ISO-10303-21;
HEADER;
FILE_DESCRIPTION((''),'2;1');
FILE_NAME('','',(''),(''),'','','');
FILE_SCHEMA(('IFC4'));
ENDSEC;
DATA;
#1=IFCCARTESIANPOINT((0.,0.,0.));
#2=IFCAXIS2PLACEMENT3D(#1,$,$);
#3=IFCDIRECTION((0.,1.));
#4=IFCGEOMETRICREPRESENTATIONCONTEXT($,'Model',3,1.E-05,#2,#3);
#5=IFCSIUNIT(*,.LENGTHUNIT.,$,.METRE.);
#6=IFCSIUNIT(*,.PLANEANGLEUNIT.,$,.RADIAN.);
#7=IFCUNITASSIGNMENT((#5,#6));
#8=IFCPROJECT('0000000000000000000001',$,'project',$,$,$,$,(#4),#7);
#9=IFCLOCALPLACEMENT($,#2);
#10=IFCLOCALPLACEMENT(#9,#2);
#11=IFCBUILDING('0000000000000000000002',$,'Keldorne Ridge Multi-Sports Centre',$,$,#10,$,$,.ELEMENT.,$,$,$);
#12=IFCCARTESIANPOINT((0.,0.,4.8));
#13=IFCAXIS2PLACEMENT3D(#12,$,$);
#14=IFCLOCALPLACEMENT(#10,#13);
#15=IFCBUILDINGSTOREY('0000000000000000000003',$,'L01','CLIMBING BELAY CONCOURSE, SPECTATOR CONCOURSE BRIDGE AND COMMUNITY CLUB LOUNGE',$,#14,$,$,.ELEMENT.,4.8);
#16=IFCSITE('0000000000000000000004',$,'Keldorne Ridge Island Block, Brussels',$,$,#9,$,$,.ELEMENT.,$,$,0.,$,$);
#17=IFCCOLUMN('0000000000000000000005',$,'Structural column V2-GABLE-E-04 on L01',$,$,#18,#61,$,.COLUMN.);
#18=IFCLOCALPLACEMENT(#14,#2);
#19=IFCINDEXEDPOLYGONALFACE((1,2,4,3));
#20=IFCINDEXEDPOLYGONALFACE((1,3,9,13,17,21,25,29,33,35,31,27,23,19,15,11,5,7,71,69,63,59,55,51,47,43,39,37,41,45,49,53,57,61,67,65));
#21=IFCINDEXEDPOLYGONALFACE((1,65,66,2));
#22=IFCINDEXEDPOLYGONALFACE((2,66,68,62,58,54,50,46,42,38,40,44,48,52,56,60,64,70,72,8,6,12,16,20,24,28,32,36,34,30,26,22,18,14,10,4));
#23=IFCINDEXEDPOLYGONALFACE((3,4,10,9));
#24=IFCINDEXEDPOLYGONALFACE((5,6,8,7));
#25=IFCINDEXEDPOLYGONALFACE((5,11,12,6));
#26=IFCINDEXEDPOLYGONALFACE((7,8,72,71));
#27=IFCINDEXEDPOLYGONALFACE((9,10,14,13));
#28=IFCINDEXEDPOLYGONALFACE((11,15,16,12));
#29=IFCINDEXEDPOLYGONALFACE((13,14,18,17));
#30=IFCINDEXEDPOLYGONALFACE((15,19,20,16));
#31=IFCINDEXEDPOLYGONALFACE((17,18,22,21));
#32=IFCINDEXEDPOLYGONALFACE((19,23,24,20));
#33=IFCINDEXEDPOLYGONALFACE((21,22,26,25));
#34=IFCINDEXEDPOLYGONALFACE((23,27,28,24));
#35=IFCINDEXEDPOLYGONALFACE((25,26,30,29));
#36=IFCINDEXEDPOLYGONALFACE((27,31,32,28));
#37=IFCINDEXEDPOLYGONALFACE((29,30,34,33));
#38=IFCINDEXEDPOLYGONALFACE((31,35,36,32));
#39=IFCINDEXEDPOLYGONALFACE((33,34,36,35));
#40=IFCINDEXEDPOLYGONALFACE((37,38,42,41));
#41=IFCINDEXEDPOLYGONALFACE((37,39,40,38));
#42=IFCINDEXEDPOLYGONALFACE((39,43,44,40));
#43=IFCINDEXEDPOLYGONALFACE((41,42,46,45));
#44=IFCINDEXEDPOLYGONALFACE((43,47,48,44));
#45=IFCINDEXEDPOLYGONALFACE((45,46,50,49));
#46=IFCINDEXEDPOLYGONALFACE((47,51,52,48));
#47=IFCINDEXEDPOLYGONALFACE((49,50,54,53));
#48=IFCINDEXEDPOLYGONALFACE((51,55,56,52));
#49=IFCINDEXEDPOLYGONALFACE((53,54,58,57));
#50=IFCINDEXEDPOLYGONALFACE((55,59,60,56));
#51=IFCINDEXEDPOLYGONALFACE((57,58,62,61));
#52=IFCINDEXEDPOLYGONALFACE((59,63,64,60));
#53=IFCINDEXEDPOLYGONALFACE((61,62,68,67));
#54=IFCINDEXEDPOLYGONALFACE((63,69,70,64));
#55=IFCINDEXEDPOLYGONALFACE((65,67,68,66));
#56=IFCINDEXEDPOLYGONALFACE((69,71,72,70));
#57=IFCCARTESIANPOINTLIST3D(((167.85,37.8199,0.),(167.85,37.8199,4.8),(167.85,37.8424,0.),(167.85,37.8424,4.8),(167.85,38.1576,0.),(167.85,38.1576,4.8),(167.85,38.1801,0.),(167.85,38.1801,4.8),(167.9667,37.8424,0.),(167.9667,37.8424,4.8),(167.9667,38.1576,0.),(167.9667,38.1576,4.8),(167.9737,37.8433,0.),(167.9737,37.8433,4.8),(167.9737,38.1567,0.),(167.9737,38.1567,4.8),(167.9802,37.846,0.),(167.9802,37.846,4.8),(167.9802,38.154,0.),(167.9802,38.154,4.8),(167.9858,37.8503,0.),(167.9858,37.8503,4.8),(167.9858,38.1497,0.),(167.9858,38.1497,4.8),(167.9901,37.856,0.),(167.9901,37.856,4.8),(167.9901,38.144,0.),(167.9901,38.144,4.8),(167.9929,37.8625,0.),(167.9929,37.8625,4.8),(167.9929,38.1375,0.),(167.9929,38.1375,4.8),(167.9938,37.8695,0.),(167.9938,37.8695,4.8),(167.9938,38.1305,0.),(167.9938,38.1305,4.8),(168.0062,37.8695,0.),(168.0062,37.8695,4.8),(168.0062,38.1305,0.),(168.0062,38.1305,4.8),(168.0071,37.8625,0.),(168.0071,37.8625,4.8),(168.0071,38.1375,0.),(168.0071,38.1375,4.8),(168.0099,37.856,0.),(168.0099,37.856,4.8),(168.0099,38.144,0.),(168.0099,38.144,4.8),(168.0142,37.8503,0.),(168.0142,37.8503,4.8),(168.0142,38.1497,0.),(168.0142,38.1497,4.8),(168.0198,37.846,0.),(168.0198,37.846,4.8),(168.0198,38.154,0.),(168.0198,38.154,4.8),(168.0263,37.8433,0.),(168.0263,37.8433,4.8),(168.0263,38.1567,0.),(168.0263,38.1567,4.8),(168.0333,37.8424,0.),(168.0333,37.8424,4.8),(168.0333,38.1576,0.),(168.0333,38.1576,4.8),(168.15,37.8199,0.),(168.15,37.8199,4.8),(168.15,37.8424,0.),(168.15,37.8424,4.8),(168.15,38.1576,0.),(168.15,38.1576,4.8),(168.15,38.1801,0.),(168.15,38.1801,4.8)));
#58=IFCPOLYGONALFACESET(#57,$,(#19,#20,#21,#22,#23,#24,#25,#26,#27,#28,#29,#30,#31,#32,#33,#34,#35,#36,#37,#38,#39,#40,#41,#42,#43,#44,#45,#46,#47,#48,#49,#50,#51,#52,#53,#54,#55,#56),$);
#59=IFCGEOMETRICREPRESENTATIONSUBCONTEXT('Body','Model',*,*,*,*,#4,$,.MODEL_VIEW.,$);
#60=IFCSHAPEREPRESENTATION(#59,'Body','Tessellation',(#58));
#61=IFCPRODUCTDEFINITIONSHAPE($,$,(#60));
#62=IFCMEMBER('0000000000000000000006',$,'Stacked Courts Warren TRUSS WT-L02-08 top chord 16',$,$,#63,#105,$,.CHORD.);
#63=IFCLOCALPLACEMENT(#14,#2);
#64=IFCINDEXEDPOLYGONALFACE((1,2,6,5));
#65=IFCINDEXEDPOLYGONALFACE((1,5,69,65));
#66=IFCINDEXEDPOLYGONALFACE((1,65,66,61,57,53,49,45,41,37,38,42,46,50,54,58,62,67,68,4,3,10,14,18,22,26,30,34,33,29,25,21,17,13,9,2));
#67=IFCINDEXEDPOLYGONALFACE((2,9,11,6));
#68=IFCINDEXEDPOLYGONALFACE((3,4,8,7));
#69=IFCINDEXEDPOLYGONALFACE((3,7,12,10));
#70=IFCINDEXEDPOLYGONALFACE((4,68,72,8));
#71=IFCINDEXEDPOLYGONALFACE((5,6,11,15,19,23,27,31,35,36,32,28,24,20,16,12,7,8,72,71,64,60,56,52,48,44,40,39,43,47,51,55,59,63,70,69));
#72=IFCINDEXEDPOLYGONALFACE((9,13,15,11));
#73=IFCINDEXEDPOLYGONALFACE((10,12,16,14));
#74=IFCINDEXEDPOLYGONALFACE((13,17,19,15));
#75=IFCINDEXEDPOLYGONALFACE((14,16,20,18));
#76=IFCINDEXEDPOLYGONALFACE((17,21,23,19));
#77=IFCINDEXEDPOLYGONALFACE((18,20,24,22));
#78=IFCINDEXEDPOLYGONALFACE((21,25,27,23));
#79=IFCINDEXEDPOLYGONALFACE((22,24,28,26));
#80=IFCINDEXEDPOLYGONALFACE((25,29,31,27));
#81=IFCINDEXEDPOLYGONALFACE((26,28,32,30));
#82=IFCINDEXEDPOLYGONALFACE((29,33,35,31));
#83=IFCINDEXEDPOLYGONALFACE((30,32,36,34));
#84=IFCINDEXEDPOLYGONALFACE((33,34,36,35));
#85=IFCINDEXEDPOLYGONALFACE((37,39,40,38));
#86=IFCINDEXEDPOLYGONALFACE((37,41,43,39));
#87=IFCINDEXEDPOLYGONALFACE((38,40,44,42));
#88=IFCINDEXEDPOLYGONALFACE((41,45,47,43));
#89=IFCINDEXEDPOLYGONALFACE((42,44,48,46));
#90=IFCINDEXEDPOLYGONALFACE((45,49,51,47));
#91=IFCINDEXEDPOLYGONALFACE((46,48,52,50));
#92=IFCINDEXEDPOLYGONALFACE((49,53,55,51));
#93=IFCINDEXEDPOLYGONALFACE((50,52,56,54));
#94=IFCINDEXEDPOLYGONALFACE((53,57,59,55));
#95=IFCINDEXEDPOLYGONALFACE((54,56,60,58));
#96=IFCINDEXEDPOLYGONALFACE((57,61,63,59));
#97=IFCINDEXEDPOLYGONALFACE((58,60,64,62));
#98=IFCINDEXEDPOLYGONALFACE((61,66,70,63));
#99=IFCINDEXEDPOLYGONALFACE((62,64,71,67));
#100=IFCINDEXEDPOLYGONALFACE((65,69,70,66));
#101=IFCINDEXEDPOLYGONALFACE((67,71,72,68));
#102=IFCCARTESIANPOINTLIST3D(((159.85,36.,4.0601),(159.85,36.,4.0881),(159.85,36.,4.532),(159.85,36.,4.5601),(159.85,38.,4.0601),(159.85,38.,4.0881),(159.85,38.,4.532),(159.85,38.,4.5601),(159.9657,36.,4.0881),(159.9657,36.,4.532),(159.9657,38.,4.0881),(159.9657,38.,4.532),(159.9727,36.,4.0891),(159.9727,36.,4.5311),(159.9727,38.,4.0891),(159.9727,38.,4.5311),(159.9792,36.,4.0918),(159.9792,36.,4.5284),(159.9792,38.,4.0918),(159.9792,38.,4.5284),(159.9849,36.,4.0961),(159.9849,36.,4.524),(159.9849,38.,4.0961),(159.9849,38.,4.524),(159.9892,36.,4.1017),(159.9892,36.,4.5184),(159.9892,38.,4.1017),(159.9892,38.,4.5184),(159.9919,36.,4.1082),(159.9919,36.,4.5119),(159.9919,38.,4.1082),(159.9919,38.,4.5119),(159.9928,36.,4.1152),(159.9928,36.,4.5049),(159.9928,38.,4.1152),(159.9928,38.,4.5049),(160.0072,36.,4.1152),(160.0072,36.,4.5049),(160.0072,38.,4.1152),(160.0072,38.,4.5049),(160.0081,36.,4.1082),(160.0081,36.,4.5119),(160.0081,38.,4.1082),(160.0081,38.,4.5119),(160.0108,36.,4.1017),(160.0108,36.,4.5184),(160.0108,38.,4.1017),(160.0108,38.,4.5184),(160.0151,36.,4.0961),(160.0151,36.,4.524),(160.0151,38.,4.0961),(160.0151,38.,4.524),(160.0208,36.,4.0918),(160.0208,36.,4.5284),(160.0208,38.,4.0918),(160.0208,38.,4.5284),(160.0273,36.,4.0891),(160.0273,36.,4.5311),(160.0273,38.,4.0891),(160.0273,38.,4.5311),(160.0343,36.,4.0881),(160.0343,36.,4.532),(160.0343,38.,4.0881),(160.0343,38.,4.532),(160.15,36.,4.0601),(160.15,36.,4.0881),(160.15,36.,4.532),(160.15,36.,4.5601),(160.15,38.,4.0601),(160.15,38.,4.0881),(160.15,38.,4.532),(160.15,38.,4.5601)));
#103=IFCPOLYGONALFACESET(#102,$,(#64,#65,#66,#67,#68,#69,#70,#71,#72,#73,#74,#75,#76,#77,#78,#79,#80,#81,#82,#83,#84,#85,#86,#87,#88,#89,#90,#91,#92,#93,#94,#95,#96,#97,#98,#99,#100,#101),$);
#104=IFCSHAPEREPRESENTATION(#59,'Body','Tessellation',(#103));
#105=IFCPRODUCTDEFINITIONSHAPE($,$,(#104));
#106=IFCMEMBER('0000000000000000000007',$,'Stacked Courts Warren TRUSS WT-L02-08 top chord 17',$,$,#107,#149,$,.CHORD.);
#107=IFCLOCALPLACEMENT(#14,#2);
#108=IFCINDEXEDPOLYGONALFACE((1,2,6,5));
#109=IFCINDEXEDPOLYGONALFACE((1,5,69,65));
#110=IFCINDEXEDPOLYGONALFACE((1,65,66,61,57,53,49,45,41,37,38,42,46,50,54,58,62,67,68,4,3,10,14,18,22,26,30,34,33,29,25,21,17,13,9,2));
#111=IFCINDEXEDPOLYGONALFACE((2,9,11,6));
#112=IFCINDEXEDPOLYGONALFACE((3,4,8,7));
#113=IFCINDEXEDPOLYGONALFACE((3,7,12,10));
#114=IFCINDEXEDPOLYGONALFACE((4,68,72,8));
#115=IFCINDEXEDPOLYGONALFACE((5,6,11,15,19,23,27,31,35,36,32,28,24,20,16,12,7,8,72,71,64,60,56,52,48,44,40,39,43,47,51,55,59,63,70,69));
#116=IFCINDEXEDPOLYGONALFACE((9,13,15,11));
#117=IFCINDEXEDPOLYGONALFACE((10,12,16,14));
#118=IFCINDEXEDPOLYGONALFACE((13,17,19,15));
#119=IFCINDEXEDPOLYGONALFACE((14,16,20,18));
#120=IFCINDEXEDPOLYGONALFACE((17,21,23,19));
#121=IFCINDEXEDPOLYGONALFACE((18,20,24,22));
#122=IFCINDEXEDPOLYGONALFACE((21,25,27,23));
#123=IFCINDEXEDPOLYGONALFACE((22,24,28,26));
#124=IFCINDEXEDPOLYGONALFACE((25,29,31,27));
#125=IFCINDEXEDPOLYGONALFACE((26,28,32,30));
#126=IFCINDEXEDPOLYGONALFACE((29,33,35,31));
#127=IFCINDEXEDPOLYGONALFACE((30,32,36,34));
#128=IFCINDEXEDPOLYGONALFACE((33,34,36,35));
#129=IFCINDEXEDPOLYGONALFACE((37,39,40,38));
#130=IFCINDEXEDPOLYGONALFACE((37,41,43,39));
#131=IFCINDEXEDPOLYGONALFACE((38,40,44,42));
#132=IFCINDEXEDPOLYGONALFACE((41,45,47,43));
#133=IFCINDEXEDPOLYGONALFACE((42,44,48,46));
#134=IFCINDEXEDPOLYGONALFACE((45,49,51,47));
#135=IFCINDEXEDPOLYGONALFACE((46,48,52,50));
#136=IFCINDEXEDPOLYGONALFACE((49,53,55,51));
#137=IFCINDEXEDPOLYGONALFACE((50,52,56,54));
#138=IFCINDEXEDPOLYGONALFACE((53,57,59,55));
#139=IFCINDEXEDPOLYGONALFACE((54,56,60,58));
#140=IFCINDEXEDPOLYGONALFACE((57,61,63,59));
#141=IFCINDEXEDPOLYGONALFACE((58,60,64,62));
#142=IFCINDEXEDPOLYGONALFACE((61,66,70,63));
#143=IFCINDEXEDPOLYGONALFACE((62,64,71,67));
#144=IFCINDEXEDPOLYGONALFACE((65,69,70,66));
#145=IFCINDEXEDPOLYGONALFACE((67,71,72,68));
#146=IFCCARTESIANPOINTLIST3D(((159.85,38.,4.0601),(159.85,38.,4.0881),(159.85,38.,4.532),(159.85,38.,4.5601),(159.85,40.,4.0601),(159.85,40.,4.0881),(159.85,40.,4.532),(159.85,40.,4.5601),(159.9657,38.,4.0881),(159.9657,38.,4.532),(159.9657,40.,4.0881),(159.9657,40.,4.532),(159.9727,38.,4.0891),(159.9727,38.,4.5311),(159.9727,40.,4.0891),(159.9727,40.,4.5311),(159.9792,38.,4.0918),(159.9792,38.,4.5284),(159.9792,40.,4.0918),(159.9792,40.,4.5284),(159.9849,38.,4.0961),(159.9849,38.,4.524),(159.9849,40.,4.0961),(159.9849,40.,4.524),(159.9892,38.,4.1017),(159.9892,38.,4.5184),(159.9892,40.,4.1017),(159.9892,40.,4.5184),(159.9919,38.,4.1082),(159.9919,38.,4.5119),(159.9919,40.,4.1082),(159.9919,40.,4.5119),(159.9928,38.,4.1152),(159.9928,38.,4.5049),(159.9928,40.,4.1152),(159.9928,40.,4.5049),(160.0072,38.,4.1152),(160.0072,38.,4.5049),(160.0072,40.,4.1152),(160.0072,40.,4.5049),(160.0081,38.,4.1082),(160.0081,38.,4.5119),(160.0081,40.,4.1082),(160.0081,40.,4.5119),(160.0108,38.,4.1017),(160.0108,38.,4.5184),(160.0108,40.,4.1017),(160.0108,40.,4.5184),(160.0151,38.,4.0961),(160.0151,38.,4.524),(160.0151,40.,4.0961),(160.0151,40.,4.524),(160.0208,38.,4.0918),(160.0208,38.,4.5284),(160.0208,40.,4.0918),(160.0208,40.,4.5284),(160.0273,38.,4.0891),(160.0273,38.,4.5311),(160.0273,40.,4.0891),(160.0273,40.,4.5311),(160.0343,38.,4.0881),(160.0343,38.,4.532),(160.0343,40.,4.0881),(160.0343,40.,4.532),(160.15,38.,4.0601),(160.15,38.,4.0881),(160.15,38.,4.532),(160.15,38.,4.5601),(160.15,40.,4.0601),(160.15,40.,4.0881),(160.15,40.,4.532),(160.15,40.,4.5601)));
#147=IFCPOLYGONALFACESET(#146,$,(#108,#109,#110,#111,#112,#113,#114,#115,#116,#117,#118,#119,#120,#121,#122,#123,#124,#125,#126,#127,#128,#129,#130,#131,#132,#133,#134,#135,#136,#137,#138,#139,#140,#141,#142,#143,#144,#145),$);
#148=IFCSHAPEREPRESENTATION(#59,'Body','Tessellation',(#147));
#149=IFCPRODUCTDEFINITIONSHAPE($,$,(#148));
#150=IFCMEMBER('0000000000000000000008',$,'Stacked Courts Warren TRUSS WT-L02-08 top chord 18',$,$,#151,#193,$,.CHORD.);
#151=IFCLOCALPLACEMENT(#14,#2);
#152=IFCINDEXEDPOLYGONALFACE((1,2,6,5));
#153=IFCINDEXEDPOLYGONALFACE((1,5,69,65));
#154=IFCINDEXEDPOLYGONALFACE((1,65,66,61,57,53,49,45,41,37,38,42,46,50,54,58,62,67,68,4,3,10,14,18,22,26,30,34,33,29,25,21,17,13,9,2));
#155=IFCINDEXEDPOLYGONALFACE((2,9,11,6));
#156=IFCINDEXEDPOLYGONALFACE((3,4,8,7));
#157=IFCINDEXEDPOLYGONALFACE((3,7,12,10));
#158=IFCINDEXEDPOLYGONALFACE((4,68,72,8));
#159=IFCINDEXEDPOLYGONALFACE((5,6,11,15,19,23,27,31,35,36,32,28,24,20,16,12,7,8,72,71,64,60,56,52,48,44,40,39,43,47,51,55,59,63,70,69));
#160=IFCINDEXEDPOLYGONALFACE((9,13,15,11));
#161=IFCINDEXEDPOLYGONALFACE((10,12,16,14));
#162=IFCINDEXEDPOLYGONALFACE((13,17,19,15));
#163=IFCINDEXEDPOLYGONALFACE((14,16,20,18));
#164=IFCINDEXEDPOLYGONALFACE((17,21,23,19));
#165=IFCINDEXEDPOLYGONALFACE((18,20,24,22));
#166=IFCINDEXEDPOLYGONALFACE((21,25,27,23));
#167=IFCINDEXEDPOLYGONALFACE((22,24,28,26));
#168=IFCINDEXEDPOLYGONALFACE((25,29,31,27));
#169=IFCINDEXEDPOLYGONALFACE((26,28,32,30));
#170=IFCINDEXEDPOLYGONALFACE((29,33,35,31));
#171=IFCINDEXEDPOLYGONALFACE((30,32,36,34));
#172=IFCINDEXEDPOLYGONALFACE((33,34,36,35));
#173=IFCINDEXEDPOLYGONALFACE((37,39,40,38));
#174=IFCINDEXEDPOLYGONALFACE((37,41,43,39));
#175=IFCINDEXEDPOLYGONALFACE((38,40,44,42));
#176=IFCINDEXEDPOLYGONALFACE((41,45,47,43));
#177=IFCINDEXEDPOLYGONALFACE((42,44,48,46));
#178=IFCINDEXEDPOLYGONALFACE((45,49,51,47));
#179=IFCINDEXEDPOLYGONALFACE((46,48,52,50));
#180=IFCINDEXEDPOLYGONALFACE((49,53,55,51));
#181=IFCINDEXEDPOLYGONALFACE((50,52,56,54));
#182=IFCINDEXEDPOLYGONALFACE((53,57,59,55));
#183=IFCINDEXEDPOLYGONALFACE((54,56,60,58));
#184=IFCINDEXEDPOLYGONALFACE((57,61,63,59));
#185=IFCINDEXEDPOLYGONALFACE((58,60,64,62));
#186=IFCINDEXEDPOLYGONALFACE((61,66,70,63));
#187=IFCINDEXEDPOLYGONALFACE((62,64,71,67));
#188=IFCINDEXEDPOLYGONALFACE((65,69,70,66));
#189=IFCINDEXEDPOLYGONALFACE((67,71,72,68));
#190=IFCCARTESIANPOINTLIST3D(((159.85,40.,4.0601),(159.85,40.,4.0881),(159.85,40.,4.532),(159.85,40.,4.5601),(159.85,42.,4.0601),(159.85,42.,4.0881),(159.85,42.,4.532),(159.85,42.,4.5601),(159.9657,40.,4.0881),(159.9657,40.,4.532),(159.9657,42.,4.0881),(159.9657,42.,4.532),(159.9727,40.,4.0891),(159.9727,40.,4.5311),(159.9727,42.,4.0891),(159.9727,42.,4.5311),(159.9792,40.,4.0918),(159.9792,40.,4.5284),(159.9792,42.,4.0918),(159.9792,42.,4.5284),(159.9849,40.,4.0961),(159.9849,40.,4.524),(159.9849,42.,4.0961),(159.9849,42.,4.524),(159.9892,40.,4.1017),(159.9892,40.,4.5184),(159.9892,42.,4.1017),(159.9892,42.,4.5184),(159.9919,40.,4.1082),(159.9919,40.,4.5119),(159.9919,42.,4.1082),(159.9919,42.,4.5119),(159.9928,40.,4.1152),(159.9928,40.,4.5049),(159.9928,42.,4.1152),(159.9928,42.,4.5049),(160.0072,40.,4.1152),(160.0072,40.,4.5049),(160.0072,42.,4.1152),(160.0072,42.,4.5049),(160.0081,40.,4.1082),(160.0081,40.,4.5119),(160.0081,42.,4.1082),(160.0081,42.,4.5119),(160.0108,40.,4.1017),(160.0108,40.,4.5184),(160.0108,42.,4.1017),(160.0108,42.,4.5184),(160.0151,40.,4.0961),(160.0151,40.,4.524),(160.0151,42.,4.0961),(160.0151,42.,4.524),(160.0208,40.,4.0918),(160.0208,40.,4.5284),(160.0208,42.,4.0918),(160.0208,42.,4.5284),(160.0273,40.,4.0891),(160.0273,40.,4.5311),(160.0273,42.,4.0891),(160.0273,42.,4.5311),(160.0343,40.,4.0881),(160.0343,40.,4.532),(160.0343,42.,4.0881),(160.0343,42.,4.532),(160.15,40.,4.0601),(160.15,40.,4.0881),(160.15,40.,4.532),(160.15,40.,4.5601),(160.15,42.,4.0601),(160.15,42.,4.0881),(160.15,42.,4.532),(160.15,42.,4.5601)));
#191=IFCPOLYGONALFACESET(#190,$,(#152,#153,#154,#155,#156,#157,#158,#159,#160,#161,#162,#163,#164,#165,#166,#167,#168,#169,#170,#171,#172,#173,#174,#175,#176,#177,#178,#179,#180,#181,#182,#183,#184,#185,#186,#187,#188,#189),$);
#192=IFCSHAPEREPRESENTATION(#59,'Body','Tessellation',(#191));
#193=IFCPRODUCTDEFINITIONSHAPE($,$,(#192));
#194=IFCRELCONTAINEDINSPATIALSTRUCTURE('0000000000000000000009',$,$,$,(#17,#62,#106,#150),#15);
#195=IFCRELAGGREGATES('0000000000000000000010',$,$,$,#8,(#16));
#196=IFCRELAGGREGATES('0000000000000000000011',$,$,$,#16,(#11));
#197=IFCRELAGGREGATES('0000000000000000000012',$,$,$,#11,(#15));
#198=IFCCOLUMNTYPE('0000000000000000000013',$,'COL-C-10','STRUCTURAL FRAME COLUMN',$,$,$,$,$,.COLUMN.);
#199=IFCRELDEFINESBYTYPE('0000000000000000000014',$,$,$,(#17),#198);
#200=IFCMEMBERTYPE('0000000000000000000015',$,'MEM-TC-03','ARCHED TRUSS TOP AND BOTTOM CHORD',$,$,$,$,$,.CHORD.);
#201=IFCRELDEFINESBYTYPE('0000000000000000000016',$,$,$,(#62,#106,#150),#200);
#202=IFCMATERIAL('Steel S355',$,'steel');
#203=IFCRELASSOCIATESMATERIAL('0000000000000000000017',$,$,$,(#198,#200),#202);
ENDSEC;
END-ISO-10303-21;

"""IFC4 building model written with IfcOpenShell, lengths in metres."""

from ifc_helpers import new_model, si_unit, direction, frame, origin, origin_2d, place, context, subcontext, project, spatial, i_section, extrude, material, material_profile, profile_set, type_object, element, save


model = new_model("IFC4")

# Units and contexts
model_context = context("Model", 3, precision=1e-05, world=origin(), true_north=direction((0.0, 1.0)))
body_context = subcontext(model_context, "Body", "Model", "MODEL_VIEW")
ifc_project = project(units=[si_unit("LENGTHUNIT", "METRE"), si_unit("PLANEANGLEUNIT", "RADIAN")], contexts=[model_context])

# Site, building, storey
site_placement = place(None, origin())
site = spatial("IfcSite", under=ifc_project, at=site_placement, Name="Keldorne Ridge Island Block, Brussels", CompositionType="ELEMENT", RefElevation=0.0)
building_placement = place(site_placement, origin())
building = spatial("IfcBuilding", under=site, at=building_placement, Name="Keldorne Ridge Multi-Sports Centre", CompositionType="ELEMENT")
storey_placement = place(building_placement, frame((0.0, 0.0, 4.8)))
storey = spatial("IfcBuildingStorey", under=building, at=storey_placement, Name="L01", Description="CLIMBING BELAY CONCOURSE, SPECTATOR CONCOURSE BRIDGE AND COMMUNITY CLUB LOUNGE", CompositionType="ELEMENT", Elevation=4.8)

# Column
ifc_material_1 = material(Name="Steel S355", Category="steel")
ifc_material_profile_1 = material_profile(ifc_material_1, i_section(OverallWidth=0.3, OverallDepth=0.3601, WebThickness=0.0125, FlangeThickness=0.0225, FilletRadius=0.0271, at=origin_2d()), Name="HEB 360")
ifc_profile_set_1 = profile_set([ifc_material_profile_1], Name="Steel S355")
column_type = type_object("IfcColumnType", Name="COL-C-10", Description="STRUCTURAL FRAME COLUMN", PredefinedType="COLUMN", material=ifc_profile_set_1)
column_placement = place(storey_placement, frame((168.0, 38.0, 0.0), z_axis=(0.0, 0.0, 1.0), x_axis=(1.0, 0.0, 0.0)))
element("IfcColumn", 1, at=column_placement, inside=storey, type_object=column_type, Name="Structural column V2-GABLE-E-04 on L01", PredefinedType="COLUMN", context=body_context, shape_type="SweptSolid", body=[
    extrude(i_section(OverallWidth=0.3, OverallDepth=0.3601, WebThickness=0.0125, FlangeThickness=0.0225, FilletRadius=0.0271, at=origin_2d()), origin(), (0.0, 0.0, 1.0), 4.8),
])

# Members
ifc_material_profile_2 = material_profile(ifc_material_1, i_section(OverallWidth=0.3, OverallDepth=0.5, WebThickness=0.0144, FlangeThickness=0.0281, FilletRadius=0.0271, at=origin_2d()), Name="HEB 500")
ifc_profile_set_2 = profile_set([ifc_material_profile_2], Name="Steel S355")
member_type_1 = type_object("IfcMemberType", Name="MEM-TC-03", Description="ARCHED TRUSS TOP AND BOTTOM CHORD", PredefinedType="CHORD", material=ifc_profile_set_2)
for number, where, z_axis, x_axis, name in (
    (2, (160.0, 36.0, 4.3101), (0.0, 1.0, 0.0), (-1.0, 0.0, 0.0), "Stacked Courts Warren TRUSS WT-L02-08 top chord 16"),
    (3, (160.0, 38.0, 4.3101), (0.0, 1.0, 0.0), (-1.0, 0.0, 0.0), "Stacked Courts Warren TRUSS WT-L02-08 top chord 17"),
    (4, (160.0, 40.0, 4.3101), (0.0, 1.0, 0.0), (-1.0, 0.0, 0.0), "Stacked Courts Warren TRUSS WT-L02-08 top chord 18"),
):
    element("IfcMember", number, at=place(storey_placement, frame(where, z_axis=z_axis, x_axis=x_axis)), inside=storey, type_object=member_type_1, Name=name, PredefinedType="CHORD", context=body_context, shape_type="SweptSolid", body=[
        extrude(i_section(OverallWidth=0.3, OverallDepth=0.5, WebThickness=0.0144, FlangeThickness=0.0281, FilletRadius=0.0271, at=origin_2d()), origin(), (0.0, 0.0, 1.0), 2.0),
    ])

save(model, "model.ifc")
